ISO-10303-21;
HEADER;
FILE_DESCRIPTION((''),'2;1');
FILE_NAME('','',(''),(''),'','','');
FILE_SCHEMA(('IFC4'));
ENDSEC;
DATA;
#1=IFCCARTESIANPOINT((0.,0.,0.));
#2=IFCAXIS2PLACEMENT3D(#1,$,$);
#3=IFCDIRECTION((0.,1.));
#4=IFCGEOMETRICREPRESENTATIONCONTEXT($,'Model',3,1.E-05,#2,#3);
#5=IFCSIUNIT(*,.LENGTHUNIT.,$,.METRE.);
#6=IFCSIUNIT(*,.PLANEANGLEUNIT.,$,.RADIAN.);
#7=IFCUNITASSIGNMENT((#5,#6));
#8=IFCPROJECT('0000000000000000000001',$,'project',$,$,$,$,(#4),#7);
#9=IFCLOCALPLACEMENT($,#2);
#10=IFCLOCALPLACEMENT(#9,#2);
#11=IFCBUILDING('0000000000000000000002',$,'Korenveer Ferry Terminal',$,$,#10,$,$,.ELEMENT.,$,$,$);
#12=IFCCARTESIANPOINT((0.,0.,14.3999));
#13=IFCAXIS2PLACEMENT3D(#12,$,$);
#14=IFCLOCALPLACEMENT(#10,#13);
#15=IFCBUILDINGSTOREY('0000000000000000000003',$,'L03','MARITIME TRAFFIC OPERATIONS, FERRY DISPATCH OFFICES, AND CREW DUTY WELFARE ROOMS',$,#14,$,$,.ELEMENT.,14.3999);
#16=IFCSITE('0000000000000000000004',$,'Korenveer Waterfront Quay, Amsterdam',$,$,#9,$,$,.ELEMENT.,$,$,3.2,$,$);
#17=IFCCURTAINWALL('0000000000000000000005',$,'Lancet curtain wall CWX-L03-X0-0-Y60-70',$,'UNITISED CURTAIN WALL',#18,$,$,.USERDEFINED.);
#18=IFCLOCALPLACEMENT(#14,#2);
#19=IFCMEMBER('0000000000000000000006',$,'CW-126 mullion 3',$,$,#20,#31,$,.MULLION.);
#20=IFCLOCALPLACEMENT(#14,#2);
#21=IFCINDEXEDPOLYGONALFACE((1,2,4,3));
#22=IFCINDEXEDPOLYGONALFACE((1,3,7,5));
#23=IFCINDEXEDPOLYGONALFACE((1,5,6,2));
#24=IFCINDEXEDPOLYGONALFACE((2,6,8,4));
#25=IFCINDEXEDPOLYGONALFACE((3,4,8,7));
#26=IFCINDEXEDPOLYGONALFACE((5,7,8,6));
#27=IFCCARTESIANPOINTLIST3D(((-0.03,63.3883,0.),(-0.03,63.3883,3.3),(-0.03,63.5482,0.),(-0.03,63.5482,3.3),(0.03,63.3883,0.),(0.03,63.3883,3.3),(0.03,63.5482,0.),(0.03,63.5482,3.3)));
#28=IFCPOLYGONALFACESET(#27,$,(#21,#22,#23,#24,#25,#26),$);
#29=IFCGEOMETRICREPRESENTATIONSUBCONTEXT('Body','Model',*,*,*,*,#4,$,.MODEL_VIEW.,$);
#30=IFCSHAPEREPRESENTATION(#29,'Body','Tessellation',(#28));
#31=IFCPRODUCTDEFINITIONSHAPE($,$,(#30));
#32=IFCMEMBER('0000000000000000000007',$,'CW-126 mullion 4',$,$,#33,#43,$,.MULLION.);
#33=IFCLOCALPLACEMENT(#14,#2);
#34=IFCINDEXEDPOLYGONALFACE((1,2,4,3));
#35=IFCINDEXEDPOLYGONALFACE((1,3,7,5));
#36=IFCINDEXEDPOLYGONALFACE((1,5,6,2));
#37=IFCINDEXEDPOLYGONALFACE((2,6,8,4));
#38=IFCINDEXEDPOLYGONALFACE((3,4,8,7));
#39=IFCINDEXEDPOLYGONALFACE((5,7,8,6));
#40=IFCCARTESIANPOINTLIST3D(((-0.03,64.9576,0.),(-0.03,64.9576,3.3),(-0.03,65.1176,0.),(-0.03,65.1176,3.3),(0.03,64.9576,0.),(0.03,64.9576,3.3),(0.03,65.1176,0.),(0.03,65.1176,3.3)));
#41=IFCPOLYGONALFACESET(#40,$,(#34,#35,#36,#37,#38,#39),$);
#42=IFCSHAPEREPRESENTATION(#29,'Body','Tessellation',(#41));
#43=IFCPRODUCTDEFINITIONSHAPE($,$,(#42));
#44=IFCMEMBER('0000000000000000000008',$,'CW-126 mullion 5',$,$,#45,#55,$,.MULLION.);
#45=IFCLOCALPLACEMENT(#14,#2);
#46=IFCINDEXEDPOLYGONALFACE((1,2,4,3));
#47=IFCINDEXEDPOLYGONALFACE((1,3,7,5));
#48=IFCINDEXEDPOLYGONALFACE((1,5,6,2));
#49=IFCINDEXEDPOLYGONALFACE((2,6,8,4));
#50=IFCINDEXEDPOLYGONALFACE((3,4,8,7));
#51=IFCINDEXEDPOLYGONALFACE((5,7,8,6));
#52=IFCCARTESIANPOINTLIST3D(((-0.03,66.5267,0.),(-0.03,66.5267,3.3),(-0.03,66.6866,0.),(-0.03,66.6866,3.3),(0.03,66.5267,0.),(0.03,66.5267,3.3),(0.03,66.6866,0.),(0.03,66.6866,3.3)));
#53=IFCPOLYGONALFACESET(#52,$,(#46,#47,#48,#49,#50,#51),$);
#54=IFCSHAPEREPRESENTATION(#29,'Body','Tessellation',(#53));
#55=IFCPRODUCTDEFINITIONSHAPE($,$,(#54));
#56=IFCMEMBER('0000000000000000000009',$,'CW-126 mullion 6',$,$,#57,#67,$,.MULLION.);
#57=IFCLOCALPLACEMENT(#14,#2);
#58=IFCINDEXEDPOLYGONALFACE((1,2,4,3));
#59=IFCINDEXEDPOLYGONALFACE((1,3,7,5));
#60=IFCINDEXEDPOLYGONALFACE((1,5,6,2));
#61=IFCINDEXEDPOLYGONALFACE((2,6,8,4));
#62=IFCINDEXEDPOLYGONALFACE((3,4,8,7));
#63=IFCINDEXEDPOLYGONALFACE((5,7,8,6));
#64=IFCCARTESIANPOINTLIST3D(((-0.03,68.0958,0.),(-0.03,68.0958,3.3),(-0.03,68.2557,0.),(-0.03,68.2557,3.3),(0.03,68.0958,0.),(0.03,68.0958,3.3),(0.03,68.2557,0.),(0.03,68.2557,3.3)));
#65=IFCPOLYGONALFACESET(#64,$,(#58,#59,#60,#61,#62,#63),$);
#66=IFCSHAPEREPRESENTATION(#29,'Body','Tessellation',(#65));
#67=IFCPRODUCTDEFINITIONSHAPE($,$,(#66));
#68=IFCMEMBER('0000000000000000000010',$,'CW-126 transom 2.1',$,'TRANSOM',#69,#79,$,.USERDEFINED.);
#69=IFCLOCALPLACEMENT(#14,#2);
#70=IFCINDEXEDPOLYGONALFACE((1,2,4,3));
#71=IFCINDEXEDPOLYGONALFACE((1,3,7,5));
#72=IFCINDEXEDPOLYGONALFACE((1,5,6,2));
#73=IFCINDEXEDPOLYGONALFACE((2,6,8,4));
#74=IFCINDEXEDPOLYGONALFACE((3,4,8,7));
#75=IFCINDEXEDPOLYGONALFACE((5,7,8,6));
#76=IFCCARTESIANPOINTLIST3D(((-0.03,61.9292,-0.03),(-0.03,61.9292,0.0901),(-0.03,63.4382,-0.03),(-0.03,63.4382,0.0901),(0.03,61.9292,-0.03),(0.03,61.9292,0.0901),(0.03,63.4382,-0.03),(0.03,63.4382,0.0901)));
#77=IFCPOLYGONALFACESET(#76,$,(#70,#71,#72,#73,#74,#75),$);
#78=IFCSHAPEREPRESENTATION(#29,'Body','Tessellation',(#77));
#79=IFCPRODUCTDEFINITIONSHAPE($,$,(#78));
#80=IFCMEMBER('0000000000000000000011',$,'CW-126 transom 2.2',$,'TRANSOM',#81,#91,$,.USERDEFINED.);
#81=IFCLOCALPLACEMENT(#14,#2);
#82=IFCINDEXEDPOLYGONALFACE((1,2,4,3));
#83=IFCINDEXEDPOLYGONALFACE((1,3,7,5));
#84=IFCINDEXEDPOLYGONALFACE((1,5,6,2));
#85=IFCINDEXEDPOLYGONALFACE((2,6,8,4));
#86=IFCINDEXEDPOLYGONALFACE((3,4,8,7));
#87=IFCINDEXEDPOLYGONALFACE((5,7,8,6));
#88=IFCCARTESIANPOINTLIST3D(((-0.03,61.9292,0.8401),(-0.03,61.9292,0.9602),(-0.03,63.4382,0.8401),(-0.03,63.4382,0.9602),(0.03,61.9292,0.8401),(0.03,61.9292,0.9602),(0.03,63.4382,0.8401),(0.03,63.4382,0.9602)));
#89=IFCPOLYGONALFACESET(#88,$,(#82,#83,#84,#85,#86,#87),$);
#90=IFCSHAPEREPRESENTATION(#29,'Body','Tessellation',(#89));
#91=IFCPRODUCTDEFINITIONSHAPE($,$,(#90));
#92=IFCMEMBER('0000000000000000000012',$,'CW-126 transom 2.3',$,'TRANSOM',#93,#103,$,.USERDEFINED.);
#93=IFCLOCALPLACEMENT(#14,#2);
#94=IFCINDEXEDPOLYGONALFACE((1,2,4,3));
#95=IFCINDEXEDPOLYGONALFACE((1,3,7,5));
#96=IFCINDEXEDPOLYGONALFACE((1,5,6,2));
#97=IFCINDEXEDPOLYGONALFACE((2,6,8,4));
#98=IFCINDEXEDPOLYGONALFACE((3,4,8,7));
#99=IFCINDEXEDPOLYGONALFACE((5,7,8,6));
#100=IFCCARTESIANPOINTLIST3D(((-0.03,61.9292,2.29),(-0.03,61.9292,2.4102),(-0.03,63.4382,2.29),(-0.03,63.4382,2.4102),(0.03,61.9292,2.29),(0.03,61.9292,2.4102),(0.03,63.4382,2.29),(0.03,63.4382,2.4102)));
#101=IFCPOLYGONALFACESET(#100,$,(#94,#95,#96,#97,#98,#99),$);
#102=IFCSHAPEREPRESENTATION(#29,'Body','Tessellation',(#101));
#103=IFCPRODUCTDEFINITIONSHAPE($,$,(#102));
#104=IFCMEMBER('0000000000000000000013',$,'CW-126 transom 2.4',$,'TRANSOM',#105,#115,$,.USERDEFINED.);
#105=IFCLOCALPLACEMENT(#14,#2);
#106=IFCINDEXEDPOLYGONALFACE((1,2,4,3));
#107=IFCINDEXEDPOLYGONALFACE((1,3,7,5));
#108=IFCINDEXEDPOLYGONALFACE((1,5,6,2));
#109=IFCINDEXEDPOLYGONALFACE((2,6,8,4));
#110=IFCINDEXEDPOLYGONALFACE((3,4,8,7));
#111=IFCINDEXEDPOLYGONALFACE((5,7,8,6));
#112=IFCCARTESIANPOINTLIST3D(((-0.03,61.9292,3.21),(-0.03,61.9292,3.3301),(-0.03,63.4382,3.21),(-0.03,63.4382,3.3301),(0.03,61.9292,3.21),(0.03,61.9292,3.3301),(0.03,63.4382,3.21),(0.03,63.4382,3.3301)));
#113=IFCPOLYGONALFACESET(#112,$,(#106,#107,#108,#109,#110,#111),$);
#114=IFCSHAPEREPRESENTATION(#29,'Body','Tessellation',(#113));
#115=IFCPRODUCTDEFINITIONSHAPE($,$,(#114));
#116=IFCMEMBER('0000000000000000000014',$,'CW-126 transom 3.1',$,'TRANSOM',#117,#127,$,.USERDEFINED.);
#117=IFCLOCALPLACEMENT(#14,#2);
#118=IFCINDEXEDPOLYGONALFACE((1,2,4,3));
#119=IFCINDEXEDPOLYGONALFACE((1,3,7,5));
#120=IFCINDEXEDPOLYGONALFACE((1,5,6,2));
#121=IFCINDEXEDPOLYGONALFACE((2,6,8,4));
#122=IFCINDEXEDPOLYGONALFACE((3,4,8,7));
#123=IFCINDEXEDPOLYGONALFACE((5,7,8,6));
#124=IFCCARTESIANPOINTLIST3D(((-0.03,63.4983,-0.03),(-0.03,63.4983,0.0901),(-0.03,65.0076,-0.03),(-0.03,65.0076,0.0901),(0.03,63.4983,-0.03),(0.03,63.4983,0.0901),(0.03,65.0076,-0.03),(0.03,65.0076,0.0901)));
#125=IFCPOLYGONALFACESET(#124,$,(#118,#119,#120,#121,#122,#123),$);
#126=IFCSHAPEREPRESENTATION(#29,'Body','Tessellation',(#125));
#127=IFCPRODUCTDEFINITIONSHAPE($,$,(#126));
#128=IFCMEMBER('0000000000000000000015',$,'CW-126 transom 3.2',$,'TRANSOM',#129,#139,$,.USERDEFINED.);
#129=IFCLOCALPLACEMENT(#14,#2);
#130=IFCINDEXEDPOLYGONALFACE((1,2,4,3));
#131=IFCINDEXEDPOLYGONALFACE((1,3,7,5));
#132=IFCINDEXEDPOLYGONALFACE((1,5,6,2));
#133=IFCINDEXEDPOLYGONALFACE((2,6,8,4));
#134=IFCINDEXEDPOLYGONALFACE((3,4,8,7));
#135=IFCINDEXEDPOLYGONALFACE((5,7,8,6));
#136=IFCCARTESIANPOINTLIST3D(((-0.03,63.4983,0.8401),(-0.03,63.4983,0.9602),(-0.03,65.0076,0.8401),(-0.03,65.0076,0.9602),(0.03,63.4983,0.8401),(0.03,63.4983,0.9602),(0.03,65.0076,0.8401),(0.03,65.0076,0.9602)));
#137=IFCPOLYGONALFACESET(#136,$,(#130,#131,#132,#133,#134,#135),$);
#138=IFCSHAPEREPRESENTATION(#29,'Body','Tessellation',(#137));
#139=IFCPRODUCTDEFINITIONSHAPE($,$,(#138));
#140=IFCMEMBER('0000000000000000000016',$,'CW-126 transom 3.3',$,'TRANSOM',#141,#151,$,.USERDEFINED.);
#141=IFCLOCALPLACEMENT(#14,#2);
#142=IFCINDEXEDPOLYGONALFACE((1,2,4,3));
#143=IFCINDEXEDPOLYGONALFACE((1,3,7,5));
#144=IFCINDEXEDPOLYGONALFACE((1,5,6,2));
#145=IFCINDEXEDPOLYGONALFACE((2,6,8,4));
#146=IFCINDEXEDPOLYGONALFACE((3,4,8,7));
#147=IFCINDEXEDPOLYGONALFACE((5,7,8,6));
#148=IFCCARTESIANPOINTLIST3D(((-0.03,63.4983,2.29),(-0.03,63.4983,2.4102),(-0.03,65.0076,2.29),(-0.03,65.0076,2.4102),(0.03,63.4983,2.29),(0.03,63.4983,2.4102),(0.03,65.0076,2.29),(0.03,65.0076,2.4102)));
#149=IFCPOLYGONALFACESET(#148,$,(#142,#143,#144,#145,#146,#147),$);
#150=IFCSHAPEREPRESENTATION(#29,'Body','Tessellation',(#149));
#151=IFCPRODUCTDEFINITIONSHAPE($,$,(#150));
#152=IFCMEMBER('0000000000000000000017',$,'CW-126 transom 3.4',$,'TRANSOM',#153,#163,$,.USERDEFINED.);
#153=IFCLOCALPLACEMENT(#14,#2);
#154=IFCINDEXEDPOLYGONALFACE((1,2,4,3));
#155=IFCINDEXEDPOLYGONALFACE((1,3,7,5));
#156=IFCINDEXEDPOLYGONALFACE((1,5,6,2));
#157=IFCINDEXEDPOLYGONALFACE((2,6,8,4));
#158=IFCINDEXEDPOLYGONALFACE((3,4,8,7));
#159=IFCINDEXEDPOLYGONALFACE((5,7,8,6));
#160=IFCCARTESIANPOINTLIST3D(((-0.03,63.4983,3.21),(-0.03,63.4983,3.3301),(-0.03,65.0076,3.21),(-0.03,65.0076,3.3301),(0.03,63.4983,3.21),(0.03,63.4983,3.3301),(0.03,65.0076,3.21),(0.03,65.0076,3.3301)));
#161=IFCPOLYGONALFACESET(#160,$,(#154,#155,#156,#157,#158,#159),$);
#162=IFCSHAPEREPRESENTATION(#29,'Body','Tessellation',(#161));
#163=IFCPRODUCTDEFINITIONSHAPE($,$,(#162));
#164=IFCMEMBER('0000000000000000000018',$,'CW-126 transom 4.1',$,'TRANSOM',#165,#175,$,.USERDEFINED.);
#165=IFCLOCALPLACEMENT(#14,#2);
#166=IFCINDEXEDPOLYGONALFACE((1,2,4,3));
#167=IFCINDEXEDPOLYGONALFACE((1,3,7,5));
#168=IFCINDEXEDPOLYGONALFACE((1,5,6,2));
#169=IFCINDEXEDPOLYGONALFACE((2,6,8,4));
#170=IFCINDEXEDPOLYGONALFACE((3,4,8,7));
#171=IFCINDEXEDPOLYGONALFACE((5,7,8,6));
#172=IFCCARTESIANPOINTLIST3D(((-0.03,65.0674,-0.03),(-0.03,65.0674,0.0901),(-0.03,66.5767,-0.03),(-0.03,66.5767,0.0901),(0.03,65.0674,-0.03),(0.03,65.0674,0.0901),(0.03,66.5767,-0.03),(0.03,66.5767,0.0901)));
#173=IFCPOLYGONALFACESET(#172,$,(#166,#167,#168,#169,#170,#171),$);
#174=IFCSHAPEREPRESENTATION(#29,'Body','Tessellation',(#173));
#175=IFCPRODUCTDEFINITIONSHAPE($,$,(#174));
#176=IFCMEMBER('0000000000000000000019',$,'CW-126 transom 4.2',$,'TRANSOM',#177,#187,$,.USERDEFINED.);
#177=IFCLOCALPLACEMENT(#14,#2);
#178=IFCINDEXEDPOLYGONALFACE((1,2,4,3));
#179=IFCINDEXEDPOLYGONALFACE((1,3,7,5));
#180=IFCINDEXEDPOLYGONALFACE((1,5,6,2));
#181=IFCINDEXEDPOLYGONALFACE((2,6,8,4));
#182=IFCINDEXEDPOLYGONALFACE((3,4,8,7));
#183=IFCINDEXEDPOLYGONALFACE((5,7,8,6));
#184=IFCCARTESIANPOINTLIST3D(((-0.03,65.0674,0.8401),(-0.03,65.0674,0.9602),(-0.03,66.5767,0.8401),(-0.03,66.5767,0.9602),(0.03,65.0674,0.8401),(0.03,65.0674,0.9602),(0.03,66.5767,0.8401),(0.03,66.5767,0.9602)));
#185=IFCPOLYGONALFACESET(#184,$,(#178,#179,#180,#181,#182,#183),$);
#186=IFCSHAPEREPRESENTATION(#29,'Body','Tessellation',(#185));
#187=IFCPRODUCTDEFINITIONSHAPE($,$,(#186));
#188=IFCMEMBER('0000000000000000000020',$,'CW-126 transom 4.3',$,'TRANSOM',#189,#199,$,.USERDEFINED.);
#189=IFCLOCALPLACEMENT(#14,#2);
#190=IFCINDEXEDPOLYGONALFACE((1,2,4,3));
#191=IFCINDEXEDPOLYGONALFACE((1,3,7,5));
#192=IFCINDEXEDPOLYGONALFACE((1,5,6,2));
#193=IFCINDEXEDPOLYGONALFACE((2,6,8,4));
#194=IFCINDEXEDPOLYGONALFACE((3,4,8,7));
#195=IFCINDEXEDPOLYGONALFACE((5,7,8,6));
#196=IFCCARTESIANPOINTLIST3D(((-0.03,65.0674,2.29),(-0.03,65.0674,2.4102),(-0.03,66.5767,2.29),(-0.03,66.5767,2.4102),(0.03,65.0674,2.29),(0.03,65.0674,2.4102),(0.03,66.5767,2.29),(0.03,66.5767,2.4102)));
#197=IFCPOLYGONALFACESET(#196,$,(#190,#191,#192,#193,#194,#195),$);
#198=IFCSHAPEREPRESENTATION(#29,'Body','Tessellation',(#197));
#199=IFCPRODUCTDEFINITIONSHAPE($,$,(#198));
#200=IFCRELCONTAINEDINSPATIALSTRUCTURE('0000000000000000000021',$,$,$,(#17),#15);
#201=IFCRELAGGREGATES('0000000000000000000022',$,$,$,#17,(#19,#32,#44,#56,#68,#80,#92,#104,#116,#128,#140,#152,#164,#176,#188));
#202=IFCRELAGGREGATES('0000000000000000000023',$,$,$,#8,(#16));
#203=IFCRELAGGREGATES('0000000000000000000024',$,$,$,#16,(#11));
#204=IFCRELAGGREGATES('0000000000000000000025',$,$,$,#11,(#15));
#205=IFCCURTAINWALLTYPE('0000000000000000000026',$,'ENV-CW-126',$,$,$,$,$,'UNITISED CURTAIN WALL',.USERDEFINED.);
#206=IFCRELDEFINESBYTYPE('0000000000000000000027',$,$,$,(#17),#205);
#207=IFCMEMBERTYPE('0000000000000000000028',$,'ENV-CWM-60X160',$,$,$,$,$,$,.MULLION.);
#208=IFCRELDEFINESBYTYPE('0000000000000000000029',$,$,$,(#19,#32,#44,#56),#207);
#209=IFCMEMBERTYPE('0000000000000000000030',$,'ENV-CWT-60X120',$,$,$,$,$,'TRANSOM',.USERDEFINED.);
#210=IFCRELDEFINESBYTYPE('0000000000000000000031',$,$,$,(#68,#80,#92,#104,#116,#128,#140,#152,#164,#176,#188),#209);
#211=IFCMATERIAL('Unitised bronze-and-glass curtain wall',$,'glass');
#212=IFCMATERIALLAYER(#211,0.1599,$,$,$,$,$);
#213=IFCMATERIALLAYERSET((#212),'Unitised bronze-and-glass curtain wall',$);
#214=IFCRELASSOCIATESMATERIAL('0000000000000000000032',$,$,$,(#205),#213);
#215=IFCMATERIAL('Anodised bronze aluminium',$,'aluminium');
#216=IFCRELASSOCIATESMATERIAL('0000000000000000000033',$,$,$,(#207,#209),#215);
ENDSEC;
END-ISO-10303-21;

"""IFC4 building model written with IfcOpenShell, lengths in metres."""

from ifc_helpers import new_model, si_unit, direction, frame, origin, origin_2d, place, context, subcontext, project, spatial, rectangle, extrude, material, layer, layer_set, material_profile, profile_set, type_object, element, aggregate, save


model = new_model("IFC4")

# Units and contexts
model_context = context("Model", 3, precision=1e-05, world=origin(), true_north=direction((0.0, 1.0)))
body_context = subcontext(model_context, "Body", "Model", "MODEL_VIEW")
ifc_project = project(units=[si_unit("LENGTHUNIT", "METRE"), si_unit("PLANEANGLEUNIT", "RADIAN")], contexts=[model_context])

# Site, building, storey
site_placement = place(None, origin())
site = spatial("IfcSite", under=ifc_project, at=site_placement, Name="Korenveer Waterfront Quay, Amsterdam", CompositionType="ELEMENT", RefElevation=3.2)
building_placement = place(site_placement, origin())
building = spatial("IfcBuilding", under=site, at=building_placement, Name="Korenveer Ferry Terminal", CompositionType="ELEMENT")
storey_placement = place(building_placement, frame((0.0, 0.0, 14.3999)))
storey = spatial("IfcBuildingStorey", under=building, at=storey_placement, Name="L03", Description="MARITIME TRAFFIC OPERATIONS, FERRY DISPATCH OFFICES, AND CREW DUTY WELFARE ROOMS", CompositionType="ELEMENT", Elevation=14.3999)

# Curtain wall, members
ifc_material_1 = material(Name="Unitised bronze-and-glass curtain wall", Category="glass")
ifc_layer_1 = layer(ifc_material_1, 0.1599)
ifc_layer_set_1 = layer_set([ifc_layer_1], Name="Unitised bronze-and-glass curtain wall")
curtain_wall_type = type_object("IfcCurtainWallType", Name="ENV-CW-126", ElementType="UNITISED CURTAIN WALL", PredefinedType="USERDEFINED", material=ifc_layer_set_1)
curtain_wall_placement = place(storey_placement, frame((0.0, 60.3301, 0.0)))
curtain_wall = element("IfcCurtainWall", 1, at=curtain_wall_placement, inside=storey, type_object=curtain_wall_type, Name="Lancet curtain wall CWX-L03-X0-0-Y60-70", ObjectType="UNITISED CURTAIN WALL", PredefinedType="USERDEFINED")
ifc_material_2 = material(Name="Anodised bronze aluminium", Category="aluminium")
ifc_material_profile_1 = material_profile(ifc_material_2, rectangle(XDim=0.0601, YDim=0.1599, at=origin_2d()), Name="ALU 60x160")
ifc_profile_set_1 = profile_set([ifc_material_profile_1], Name="Anodised bronze aluminium")
member_type_1 = type_object("IfcMemberType", Name="ENV-CWM-60X160", PredefinedType="MULLION", material=ifc_profile_set_1)
member_1_placement = place(storey_placement, frame((0.0, 63.4683, 0.0), z_axis=(0.0, 0.0, 1.0), x_axis=(-1.0, 0.0, 0.0)))
member_1 = element("IfcMember", 2, at=member_1_placement, type_object=member_type_1, Name="CW-126 mullion 3", PredefinedType="MULLION", context=body_context, shape_type="SweptSolid", body=[
    extrude(rectangle(XDim=0.0601, YDim=0.1599, at=origin_2d()), origin(), (0.0, 0.0, 1.0), 3.3),
])
member_2_placement = place(storey_placement, frame((0.0, 65.0376, 0.0), z_axis=(0.0, 0.0, 1.0), x_axis=(-1.0, 0.0, 0.0)))
member_2 = element("IfcMember", 3, at=member_2_placement, type_object=member_type_1, Name="CW-126 mullion 4", PredefinedType="MULLION", context=body_context, shape_type="SweptSolid", body=[
    extrude(rectangle(XDim=0.0601, YDim=0.1599, at=origin_2d()), origin(), (0.0, 0.0, 1.0), 3.3),
])
member_3_placement = place(storey_placement, frame((0.0, 66.6067, 0.0), z_axis=(0.0, 0.0, 1.0), x_axis=(-1.0, 0.0, 0.0)))
member_3 = element("IfcMember", 4, at=member_3_placement, type_object=member_type_1, Name="CW-126 mullion 5", PredefinedType="MULLION", context=body_context, shape_type="SweptSolid", body=[
    extrude(rectangle(XDim=0.0601, YDim=0.1599, at=origin_2d()), origin(), (0.0, 0.0, 1.0), 3.3),
])
member_4_placement = place(storey_placement, frame((0.0, 68.1758, 0.0), z_axis=(0.0, 0.0, 1.0), x_axis=(-1.0, 0.0, 0.0)))
member_4 = element("IfcMember", 5, at=member_4_placement, type_object=member_type_1, Name="CW-126 mullion 6", PredefinedType="MULLION", context=body_context, shape_type="SweptSolid", body=[
    extrude(rectangle(XDim=0.0601, YDim=0.1599, at=origin_2d()), origin(), (0.0, 0.0, 1.0), 3.3),
])
ifc_material_profile_2 = material_profile(ifc_material_2, rectangle(XDim=0.0601, YDim=0.1201, at=origin_2d()), Name="ALU 60x120")
ifc_profile_set_2 = profile_set([ifc_material_profile_2], Name="Anodised bronze aluminium")
member_type_2 = type_object("IfcMemberType", Name="ENV-CWT-60X120", ElementType="TRANSOM", PredefinedType="USERDEFINED", material=ifc_profile_set_2)
member_5_placement = place(storey_placement, frame((0.0, 61.9292, 0.03), z_axis=(0.0, 1.0, 0.0), x_axis=(-1.0, 0.0, 0.0)))
member_5 = element("IfcMember", 6, at=member_5_placement, type_object=member_type_2, Name="CW-126 transom 2.1", ObjectType="TRANSOM", PredefinedType="USERDEFINED", context=body_context, shape_type="SweptSolid", body=[
    extrude(rectangle(XDim=0.0601, YDim=0.1201, at=origin_2d()), origin(), (0.0, 0.0, 1.0), 1.509),
])
member_6_placement = place(storey_placement, frame((0.0, 61.9292, 0.9001), z_axis=(0.0, 1.0, 0.0), x_axis=(-1.0, 0.0, 0.0)))
member_6 = element("IfcMember", 7, at=member_6_placement, type_object=member_type_2, Name="CW-126 transom 2.2", ObjectType="TRANSOM", PredefinedType="USERDEFINED", context=body_context, shape_type="SweptSolid", body=[
    extrude(rectangle(XDim=0.0601, YDim=0.1201, at=origin_2d()), origin(), (0.0, 0.0, 1.0), 1.509),
])
member_7_placement = place(storey_placement, frame((0.0, 61.9292, 2.3501), z_axis=(0.0, 1.0, 0.0), x_axis=(-1.0, 0.0, 0.0)))
member_7 = element("IfcMember", 8, at=member_7_placement, type_object=member_type_2, Name="CW-126 transom 2.3", ObjectType="TRANSOM", PredefinedType="USERDEFINED", context=body_context, shape_type="SweptSolid", body=[
    extrude(rectangle(XDim=0.0601, YDim=0.1201, at=origin_2d()), origin(), (0.0, 0.0, 1.0), 1.509),
])
member_8_placement = place(storey_placement, frame((0.0, 61.9292, 3.27), z_axis=(0.0, 1.0, 0.0), x_axis=(-1.0, 0.0, 0.0)))
member_8 = element("IfcMember", 9, at=member_8_placement, type_object=member_type_2, Name="CW-126 transom 2.4", ObjectType="TRANSOM", PredefinedType="USERDEFINED", context=body_context, shape_type="SweptSolid", body=[
    extrude(rectangle(XDim=0.0601, YDim=0.1201, at=origin_2d()), origin(), (0.0, 0.0, 1.0), 1.509),
])
member_9_placement = place(storey_placement, frame((0.0, 63.4983, 0.03), z_axis=(0.0, 1.0, 0.0), x_axis=(-1.0, 0.0, 0.0)))
member_9 = element("IfcMember", 10, at=member_9_placement, type_object=member_type_2, Name="CW-126 transom 3.1", ObjectType="TRANSOM", PredefinedType="USERDEFINED", context=body_context, shape_type="SweptSolid", body=[
    extrude(rectangle(XDim=0.0601, YDim=0.1201, at=origin_2d()), origin(), (0.0, 0.0, 1.0), 1.5093),
])
member_10_placement = place(storey_placement, frame((0.0, 63.4983, 0.9001), z_axis=(0.0, 1.0, 0.0), x_axis=(-1.0, 0.0, 0.0)))
member_10 = element("IfcMember", 11, at=member_10_placement, type_object=member_type_2, Name="CW-126 transom 3.2", ObjectType="TRANSOM", PredefinedType="USERDEFINED", context=body_context, shape_type="SweptSolid", body=[
    extrude(rectangle(XDim=0.0601, YDim=0.1201, at=origin_2d()), origin(), (0.0, 0.0, 1.0), 1.5093),
])
member_11_placement = place(storey_placement, frame((0.0, 63.4983, 2.3501), z_axis=(0.0, 1.0, 0.0), x_axis=(-1.0, 0.0, 0.0)))
member_11 = element("IfcMember", 12, at=member_11_placement, type_object=member_type_2, Name="CW-126 transom 3.3", ObjectType="TRANSOM", PredefinedType="USERDEFINED", context=body_context, shape_type="SweptSolid", body=[
    extrude(rectangle(XDim=0.0601, YDim=0.1201, at=origin_2d()), origin(), (0.0, 0.0, 1.0), 1.5093),
])
member_12_placement = place(storey_placement, frame((0.0, 63.4983, 3.27), z_axis=(0.0, 1.0, 0.0), x_axis=(-1.0, 0.0, 0.0)))
member_12 = element("IfcMember", 13, at=member_12_placement, type_object=member_type_2, Name="CW-126 transom 3.4", ObjectType="TRANSOM", PredefinedType="USERDEFINED", context=body_context, shape_type="SweptSolid", body=[
    extrude(rectangle(XDim=0.0601, YDim=0.1201, at=origin_2d()), origin(), (0.0, 0.0, 1.0), 1.5093),
])
member_13_placement = place(storey_placement, frame((0.0, 65.0674, 0.03), z_axis=(0.0, 1.0, 0.0), x_axis=(-1.0, 0.0, 0.0)))
member_13 = element("IfcMember", 14, at=member_13_placement, type_object=member_type_2, Name="CW-126 transom 4.1", ObjectType="TRANSOM", PredefinedType="USERDEFINED", context=body_context, shape_type="SweptSolid", body=[
    extrude(rectangle(XDim=0.0601, YDim=0.1201, at=origin_2d()), origin(), (0.0, 0.0, 1.0), 1.5093),
])
member_14_placement = place(storey_placement, frame((0.0, 65.0674, 0.9001), z_axis=(0.0, 1.0, 0.0), x_axis=(-1.0, 0.0, 0.0)))
member_14 = element("IfcMember", 15, at=member_14_placement, type_object=member_type_2, Name="CW-126 transom 4.2", ObjectType="TRANSOM", PredefinedType="USERDEFINED", context=body_context, shape_type="SweptSolid", body=[
    extrude(rectangle(XDim=0.0601, YDim=0.1201, at=origin_2d()), origin(), (0.0, 0.0, 1.0), 1.5093),
])
member_15_placement = place(storey_placement, frame((0.0, 65.0674, 2.3501), z_axis=(0.0, 1.0, 0.0), x_axis=(-1.0, 0.0, 0.0)))
member_15 = element("IfcMember", 16, at=member_15_placement, type_object=member_type_2, Name="CW-126 transom 4.3", ObjectType="TRANSOM", PredefinedType="USERDEFINED", context=body_context, shape_type="SweptSolid", body=[
    extrude(rectangle(XDim=0.0601, YDim=0.1201, at=origin_2d()), origin(), (0.0, 0.0, 1.0), 1.5093),
])
aggregate(curtain_wall, [member_1, member_2, member_3, member_4, member_5, member_6, member_7, member_8, member_9, member_10, member_11, member_12, member_13, member_14, member_15])

save(model, "model.ifc")
